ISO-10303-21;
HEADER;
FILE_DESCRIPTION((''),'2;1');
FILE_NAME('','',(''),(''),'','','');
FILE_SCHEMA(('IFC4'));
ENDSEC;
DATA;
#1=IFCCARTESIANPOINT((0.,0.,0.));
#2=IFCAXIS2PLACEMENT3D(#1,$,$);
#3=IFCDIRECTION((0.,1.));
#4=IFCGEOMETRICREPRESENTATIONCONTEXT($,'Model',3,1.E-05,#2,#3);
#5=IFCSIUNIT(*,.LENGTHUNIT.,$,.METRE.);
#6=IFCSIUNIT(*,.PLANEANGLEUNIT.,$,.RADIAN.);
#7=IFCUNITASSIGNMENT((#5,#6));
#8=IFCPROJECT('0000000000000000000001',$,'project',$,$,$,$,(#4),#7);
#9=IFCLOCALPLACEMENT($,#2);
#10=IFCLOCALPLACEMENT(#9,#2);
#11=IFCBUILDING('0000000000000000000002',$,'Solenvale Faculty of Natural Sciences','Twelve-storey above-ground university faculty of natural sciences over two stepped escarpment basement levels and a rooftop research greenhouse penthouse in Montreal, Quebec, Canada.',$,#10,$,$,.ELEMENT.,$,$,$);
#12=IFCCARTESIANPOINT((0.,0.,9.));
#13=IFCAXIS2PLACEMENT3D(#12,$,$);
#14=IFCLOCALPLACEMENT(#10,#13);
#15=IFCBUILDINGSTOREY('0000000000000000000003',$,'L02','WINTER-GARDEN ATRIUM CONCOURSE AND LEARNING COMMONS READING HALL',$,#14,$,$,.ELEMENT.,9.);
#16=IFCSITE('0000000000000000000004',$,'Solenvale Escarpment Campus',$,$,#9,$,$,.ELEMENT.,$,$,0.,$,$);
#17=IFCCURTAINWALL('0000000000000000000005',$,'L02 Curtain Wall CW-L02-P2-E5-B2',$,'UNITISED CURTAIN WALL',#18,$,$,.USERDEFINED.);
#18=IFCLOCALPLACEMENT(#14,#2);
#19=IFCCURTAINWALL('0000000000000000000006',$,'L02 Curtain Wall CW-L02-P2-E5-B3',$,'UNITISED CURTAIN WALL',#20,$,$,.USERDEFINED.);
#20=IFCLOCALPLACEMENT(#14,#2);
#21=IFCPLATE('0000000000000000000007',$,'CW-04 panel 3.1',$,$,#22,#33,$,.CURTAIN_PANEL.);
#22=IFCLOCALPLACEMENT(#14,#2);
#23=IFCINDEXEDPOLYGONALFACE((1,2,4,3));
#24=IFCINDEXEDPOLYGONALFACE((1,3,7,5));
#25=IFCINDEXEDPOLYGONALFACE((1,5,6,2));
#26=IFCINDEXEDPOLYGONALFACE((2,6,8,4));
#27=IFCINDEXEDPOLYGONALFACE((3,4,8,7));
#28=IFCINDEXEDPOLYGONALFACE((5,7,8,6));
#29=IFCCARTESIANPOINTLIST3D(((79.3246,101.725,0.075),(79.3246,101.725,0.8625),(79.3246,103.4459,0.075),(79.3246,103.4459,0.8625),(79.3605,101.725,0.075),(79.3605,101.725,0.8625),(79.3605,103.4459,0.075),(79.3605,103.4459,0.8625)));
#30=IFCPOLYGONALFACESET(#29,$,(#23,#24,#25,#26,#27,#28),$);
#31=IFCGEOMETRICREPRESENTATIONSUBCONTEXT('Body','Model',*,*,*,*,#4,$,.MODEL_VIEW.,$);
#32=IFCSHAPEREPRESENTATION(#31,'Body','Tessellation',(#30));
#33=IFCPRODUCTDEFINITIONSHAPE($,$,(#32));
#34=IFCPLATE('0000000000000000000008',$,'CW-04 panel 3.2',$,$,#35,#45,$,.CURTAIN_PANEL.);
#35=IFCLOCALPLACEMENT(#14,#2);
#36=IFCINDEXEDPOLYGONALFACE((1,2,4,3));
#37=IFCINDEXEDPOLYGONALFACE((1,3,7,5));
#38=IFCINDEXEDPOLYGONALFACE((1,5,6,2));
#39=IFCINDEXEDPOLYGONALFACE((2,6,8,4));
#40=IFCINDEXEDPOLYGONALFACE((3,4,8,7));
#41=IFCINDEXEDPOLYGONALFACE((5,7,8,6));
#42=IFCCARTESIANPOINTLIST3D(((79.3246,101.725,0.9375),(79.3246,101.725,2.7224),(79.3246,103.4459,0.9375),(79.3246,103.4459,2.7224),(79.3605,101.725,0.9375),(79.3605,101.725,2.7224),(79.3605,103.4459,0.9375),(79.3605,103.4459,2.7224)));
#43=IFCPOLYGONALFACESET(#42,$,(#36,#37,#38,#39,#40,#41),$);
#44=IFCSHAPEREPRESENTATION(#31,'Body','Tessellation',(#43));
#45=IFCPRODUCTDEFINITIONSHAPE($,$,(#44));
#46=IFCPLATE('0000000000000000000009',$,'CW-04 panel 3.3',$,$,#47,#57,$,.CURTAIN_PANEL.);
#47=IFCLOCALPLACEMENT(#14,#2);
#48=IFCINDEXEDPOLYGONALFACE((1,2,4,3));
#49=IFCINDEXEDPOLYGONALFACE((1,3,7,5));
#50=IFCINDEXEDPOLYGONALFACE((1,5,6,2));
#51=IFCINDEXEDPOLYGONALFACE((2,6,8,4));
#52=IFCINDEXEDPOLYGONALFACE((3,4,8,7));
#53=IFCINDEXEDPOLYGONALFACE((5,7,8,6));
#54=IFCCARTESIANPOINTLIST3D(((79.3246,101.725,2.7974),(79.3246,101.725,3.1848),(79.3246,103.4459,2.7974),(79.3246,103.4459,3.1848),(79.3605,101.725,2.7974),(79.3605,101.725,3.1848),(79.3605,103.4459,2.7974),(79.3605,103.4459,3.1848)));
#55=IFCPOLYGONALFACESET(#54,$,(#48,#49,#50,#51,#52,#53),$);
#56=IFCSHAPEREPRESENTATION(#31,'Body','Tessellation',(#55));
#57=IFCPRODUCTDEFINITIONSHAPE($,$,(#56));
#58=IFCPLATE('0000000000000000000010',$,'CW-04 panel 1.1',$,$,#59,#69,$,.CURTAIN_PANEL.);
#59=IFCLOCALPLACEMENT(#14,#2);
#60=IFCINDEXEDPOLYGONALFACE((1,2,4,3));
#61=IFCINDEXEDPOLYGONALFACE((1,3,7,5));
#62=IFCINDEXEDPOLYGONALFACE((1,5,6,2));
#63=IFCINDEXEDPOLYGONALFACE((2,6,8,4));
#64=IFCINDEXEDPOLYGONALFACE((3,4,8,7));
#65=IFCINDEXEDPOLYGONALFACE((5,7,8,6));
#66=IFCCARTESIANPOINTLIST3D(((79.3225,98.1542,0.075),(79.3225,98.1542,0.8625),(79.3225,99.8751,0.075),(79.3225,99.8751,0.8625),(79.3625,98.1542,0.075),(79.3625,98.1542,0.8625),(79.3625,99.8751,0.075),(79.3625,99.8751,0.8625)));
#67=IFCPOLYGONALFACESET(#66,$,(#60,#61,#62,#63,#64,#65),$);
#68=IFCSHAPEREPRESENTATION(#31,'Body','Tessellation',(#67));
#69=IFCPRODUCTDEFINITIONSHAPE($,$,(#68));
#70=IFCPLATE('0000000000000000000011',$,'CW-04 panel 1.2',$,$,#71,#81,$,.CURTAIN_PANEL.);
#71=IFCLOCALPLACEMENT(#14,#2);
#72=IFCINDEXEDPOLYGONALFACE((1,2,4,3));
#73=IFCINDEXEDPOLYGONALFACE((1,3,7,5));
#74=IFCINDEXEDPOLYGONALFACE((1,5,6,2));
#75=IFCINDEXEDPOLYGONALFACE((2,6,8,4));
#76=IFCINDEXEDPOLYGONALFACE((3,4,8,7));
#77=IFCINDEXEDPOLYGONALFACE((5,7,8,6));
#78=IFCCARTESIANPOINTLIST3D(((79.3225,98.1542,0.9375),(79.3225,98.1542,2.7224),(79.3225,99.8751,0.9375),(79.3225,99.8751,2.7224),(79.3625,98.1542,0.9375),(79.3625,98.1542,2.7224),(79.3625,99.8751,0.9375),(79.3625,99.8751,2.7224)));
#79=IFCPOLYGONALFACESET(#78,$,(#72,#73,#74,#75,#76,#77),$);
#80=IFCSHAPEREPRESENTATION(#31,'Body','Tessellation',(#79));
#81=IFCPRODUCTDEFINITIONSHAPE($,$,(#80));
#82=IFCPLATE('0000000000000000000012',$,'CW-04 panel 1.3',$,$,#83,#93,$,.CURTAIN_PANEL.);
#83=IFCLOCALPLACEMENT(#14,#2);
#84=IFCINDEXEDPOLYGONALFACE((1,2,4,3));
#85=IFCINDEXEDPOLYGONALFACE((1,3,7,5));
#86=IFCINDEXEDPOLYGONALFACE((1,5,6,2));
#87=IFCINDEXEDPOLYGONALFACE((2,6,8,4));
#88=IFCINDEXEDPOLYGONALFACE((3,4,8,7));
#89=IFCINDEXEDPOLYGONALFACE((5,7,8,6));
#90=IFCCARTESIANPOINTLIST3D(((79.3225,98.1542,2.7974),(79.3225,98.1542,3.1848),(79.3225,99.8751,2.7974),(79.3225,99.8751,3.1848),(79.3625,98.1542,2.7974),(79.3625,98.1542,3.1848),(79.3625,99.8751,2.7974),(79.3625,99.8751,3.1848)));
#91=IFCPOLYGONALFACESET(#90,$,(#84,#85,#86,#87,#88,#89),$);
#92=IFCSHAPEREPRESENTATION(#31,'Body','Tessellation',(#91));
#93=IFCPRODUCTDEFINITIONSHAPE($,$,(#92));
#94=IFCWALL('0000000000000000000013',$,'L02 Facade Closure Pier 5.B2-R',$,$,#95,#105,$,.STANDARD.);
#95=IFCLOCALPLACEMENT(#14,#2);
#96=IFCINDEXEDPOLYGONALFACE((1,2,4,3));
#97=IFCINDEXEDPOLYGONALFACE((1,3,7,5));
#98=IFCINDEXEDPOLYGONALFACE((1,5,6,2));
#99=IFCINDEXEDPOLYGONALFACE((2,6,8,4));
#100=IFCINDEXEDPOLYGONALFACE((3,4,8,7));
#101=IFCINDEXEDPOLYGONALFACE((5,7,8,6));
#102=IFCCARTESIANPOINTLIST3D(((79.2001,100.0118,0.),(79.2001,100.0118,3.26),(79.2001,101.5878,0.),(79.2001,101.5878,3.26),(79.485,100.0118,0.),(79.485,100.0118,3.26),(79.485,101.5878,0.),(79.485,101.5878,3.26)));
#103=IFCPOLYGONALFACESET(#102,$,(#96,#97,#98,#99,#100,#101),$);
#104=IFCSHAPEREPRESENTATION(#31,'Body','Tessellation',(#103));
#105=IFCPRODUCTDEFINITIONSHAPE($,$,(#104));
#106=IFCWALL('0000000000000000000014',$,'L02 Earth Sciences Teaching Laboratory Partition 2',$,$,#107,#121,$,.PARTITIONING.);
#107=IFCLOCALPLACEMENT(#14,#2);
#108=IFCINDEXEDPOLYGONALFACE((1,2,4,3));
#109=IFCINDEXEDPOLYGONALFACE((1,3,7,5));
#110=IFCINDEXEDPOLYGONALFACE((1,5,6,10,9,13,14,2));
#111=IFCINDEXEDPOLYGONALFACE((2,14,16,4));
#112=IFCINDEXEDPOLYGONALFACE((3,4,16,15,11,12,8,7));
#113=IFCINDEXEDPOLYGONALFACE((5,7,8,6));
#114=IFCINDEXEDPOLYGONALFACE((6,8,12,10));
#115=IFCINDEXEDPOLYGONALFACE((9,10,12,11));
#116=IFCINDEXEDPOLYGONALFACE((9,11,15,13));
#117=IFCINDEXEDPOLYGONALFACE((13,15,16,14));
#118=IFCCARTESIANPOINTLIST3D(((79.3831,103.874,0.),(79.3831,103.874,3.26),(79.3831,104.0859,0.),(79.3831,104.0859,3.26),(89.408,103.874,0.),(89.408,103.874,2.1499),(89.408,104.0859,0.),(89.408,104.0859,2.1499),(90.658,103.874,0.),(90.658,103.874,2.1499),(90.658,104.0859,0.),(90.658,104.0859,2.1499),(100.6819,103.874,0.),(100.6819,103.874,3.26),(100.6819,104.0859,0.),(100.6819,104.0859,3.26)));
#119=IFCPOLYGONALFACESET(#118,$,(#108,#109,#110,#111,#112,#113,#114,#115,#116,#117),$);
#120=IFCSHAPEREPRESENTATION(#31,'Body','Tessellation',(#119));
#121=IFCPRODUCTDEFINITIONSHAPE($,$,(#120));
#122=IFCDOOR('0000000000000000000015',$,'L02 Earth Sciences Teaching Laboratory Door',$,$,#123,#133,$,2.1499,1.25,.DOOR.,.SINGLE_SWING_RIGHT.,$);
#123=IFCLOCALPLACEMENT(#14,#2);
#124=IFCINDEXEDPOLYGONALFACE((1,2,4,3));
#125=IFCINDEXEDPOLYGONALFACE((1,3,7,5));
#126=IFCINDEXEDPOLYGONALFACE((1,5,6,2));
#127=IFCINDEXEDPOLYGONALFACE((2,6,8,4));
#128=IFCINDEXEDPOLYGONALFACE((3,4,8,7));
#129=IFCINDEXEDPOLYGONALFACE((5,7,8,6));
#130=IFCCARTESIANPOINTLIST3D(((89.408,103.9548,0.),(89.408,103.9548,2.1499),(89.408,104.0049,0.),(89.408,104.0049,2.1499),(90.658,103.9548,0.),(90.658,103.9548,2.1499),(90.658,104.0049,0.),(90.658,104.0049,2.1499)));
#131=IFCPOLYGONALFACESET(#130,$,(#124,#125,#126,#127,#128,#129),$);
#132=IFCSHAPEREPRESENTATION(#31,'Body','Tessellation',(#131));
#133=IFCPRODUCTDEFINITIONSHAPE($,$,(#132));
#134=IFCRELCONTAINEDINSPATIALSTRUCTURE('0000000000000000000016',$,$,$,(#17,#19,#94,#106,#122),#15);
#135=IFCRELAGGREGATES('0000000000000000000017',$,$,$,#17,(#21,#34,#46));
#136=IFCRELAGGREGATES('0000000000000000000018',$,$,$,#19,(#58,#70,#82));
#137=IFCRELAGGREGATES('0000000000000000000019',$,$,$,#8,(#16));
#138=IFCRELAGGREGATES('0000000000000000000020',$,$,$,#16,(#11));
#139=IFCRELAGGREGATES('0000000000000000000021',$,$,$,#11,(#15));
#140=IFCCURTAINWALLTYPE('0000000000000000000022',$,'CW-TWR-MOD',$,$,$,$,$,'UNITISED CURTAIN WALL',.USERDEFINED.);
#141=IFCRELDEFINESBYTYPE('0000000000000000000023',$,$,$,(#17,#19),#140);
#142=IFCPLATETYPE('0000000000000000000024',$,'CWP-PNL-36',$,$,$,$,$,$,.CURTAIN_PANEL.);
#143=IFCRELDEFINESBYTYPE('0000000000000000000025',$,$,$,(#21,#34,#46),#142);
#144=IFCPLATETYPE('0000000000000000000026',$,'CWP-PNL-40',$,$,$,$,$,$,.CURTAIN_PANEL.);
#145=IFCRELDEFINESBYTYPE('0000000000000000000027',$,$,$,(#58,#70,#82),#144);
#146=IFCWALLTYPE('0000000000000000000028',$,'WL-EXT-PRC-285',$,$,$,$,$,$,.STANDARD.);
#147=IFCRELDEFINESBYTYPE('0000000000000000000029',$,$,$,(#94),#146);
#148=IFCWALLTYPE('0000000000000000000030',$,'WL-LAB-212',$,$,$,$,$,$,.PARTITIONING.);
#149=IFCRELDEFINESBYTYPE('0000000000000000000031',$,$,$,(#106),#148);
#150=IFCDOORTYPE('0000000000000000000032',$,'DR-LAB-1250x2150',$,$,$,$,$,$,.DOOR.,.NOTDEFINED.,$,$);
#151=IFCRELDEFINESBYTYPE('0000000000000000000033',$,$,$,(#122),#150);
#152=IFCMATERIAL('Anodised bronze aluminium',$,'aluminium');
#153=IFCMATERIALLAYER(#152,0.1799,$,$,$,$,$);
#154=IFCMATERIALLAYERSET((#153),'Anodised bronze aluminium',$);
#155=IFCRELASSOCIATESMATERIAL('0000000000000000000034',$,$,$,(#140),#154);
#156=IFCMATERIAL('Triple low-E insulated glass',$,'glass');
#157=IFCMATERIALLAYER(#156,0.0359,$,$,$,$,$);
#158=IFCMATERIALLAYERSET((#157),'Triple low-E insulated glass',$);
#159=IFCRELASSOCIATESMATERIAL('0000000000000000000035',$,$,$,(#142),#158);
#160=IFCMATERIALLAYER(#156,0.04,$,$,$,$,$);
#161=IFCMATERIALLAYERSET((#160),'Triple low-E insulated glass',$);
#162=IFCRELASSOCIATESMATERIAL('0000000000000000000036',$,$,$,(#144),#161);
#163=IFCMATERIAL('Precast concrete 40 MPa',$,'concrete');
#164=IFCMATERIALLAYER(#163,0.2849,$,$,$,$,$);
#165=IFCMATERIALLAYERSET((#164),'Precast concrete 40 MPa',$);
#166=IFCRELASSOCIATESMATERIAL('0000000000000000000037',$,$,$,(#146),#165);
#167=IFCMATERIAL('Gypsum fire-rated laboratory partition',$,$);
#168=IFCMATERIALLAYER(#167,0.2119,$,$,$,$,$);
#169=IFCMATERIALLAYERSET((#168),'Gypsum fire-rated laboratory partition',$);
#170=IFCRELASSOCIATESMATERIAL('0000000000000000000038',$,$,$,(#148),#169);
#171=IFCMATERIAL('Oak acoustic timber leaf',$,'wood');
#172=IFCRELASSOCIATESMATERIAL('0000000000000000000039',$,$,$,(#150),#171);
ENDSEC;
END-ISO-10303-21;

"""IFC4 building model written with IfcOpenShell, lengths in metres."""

from ifc_helpers import new_model, si_unit, direction, frame, frame_2d, origin, origin_2d, place, context, subcontext, project, spatial, rectangle, extrude, material, layer, layer_set, type_object, element, fill, aggregate, save


model = new_model("IFC4")

# Units and contexts
model_context = context("Model", 3, precision=1e-05, world=origin(), true_north=direction((0.0, 1.0)))
body_context = subcontext(model_context, "Body", "Model", "MODEL_VIEW")
ifc_project = project(units=[si_unit("LENGTHUNIT", "METRE"), si_unit("PLANEANGLEUNIT", "RADIAN")], contexts=[model_context])

# Site, building, storey
site_placement = place(None, origin())
site = spatial("IfcSite", under=ifc_project, at=site_placement, Name="Solenvale Escarpment Campus", CompositionType="ELEMENT", RefElevation=0.0)
building_placement = place(site_placement, origin())
building = spatial("IfcBuilding", under=site, at=building_placement, Name="Solenvale Faculty of Natural Sciences", Description="Twelve-storey above-ground university faculty of natural sciences over two stepped escarpment basement levels and a rooftop research greenhouse penthouse in Montreal, Quebec, Canada.", CompositionType="ELEMENT")
storey_placement = place(building_placement, frame((0.0, 0.0, 9.0)))
storey = spatial("IfcBuildingStorey", under=building, at=storey_placement, Name="L02", Description="WINTER-GARDEN ATRIUM CONCOURSE AND LEARNING COMMONS READING HALL", CompositionType="ELEMENT", Elevation=9.0)

# Curtain walls
ifc_material_1 = material(Name="Anodised bronze aluminium", Category="aluminium")
ifc_layer_1 = layer(ifc_material_1, 0.1799)
ifc_layer_set_1 = layer_set([ifc_layer_1], Name="Anodised bronze aluminium")
curtain_wall_type = type_object("IfcCurtainWallType", Name="CW-TWR-MOD", ElementType="UNITISED CURTAIN WALL", PredefinedType="USERDEFINED", material=ifc_layer_set_1)
curtain_wall_1_placement = place(storey_placement, origin())
curtain_wall_1 = element("IfcCurtainWall", 1, at=curtain_wall_1_placement, inside=storey, type_object=curtain_wall_type, Name="L02 Curtain Wall CW-L02-P2-E5-B2", ObjectType="UNITISED CURTAIN WALL", PredefinedType="USERDEFINED")
curtain_wall_2_placement = place(storey_placement, origin())
curtain_wall_2 = element("IfcCurtainWall", 2, at=curtain_wall_2_placement, inside=storey, type_object=curtain_wall_type, Name="L02 Curtain Wall CW-L02-P2-E5-B3", ObjectType="UNITISED CURTAIN WALL", PredefinedType="USERDEFINED")

# Plates
ifc_material_2 = material(Name="Triple low-E insulated glass", Category="glass")
ifc_layer_2 = layer(ifc_material_2, 0.0359)
ifc_layer_set_2 = layer_set([ifc_layer_2], Name="Triple low-E insulated glass")
plate_type_1 = type_object("IfcPlateType", Name="CWP-PNL-36", PredefinedType="CURTAIN_PANEL", material=ifc_layer_set_2)
plate_1_placement = place(storey_placement, frame((79.3425, 102.5854, 0.075), z_axis=(0.0, 0.0, 1.0), x_axis=(0.0, -1.0, 0.0)))
plate_1 = element("IfcPlate", 3, at=plate_1_placement, type_object=plate_type_1, Name="CW-04 panel 3.1", PredefinedType="CURTAIN_PANEL", context=body_context, shape_type="SweptSolid", body=[
    extrude(rectangle(XDim=1.7209, YDim=0.0359, at=origin_2d()), origin(), (0.0, 0.0, 1.0), 0.7876),
])
plate_2_placement = place(storey_placement, frame((79.3425, 102.5854, 0.9375), z_axis=(0.0, 0.0, 1.0), x_axis=(0.0, -1.0, 0.0)))
plate_2 = element("IfcPlate", 4, at=plate_2_placement, type_object=plate_type_1, Name="CW-04 panel 3.2", PredefinedType="CURTAIN_PANEL", context=body_context, shape_type="SweptSolid", body=[
    extrude(rectangle(XDim=1.7209, YDim=0.0359, at=origin_2d()), origin(), (0.0, 0.0, 1.0), 1.7849),
])
plate_3_placement = place(storey_placement, frame((79.3425, 102.5854, 2.7974), z_axis=(0.0, 0.0, 1.0), x_axis=(0.0, -1.0, 0.0)))
plate_3 = element("IfcPlate", 5, at=plate_3_placement, type_object=plate_type_1, Name="CW-04 panel 3.3", PredefinedType="CURTAIN_PANEL", context=body_context, shape_type="SweptSolid", body=[
    extrude(rectangle(XDim=1.7209, YDim=0.0359, at=origin_2d()), origin(), (0.0, 0.0, 1.0), 0.3875),
])
aggregate(curtain_wall_1, [plate_1, plate_2, plate_3])
ifc_layer_3 = layer(ifc_material_2, 0.04)
ifc_layer_set_3 = layer_set([ifc_layer_3], Name="Triple low-E insulated glass")
plate_type_2 = type_object("IfcPlateType", Name="CWP-PNL-40", PredefinedType="CURTAIN_PANEL", material=ifc_layer_set_3)
plate_4_placement = place(storey_placement, frame((79.3425, 99.0146, 0.075), z_axis=(0.0, 0.0, 1.0), x_axis=(0.0, -1.0, 0.0)))
plate_4 = element("IfcPlate", 6, at=plate_4_placement, type_object=plate_type_2, Name="CW-04 panel 1.1", PredefinedType="CURTAIN_PANEL", context=body_context, shape_type="SweptSolid", body=[
    extrude(rectangle(XDim=1.7209, YDim=0.04, at=origin_2d()), origin(), (0.0, 0.0, 1.0), 0.7876),
])
plate_5_placement = place(storey_placement, frame((79.3425, 99.0146, 0.9375), z_axis=(0.0, 0.0, 1.0), x_axis=(0.0, -1.0, 0.0)))
plate_5 = element("IfcPlate", 7, at=plate_5_placement, type_object=plate_type_2, Name="CW-04 panel 1.2", PredefinedType="CURTAIN_PANEL", context=body_context, shape_type="SweptSolid", body=[
    extrude(rectangle(XDim=1.7209, YDim=0.04, at=origin_2d()), origin(), (0.0, 0.0, 1.0), 1.7849),
])
plate_6_placement = place(storey_placement, frame((79.3425, 99.0146, 2.7974), z_axis=(0.0, 0.0, 1.0), x_axis=(0.0, -1.0, 0.0)))
plate_6 = element("IfcPlate", 8, at=plate_6_placement, type_object=plate_type_2, Name="CW-04 panel 1.3", PredefinedType="CURTAIN_PANEL", context=body_context, shape_type="SweptSolid", body=[
    extrude(rectangle(XDim=1.7209, YDim=0.04, at=origin_2d()), origin(), (0.0, 0.0, 1.0), 0.3875),
])
aggregate(curtain_wall_2, [plate_4, plate_5, plate_6])

# Wall
ifc_material_3 = material(Name="Precast concrete 40 MPa", Category="concrete")
ifc_layer_4 = layer(ifc_material_3, 0.2849)
ifc_layer_set_4 = layer_set([ifc_layer_4], Name="Precast concrete 40 MPa")
wall_type_1 = type_object("IfcWallType", Name="WL-EXT-PRC-285", PredefinedType="STANDARD", material=ifc_layer_set_4)
wall_1_placement = place(storey_placement, frame((79.3425, 101.5879, 0.0), z_axis=(0.0, 0.0, 1.0), x_axis=(0.0, -1.0, 0.0)))
element("IfcWall", 9, at=wall_1_placement, inside=storey, type_object=wall_type_1, Name="L02 Facade Closure Pier 5.B2-R", PredefinedType="STANDARD", context=body_context, shape_type="SweptSolid", body=[
    extrude(rectangle(XDim=1.5759, YDim=0.2849, at=frame_2d((0.7881, 0.0))), origin(), (0.0, 0.0, 1.0), 3.26),
])

# Wall, opening, door
ifc_material_4 = material(Name="Gypsum fire-rated laboratory partition")
ifc_layer_5 = layer(ifc_material_4, 0.2119)
ifc_layer_set_5 = layer_set([ifc_layer_5], Name="Gypsum fire-rated laboratory partition")
wall_type_2 = type_object("IfcWallType", Name="WL-LAB-212", PredefinedType="PARTITIONING", material=ifc_layer_set_5)
wall_2_placement = place(storey_placement, frame((79.3831, 103.98, 0.0), z_axis=(0.0, 0.0, 1.0), x_axis=(1.0, 0.0, 0.0)))
wall_2 = element("IfcWall", 10, at=wall_2_placement, inside=storey, type_object=wall_type_2, Name="L02 Earth Sciences Teaching Laboratory Partition 2", PredefinedType="PARTITIONING", context=body_context, shape_type="SweptSolid", body=[
    extrude(rectangle(XDim=21.2988, YDim=0.2119, at=frame_2d((10.6494, 0.0))), origin(), (0.0, 0.0, 1.0), 3.26),
])
opening_placement = place(wall_2_placement, frame((10.0249, 0.0, 0.0)))
opening = element("IfcOpeningElement", 11, at=opening_placement, cuts=wall_2, PredefinedType="OPENING", context=body_context, shape_type="SweptSolid", body=[
    extrude(rectangle(XDim=1.25, YDim=2.1499, at=frame_2d((0.625, 1.075))), frame((0.0, 0.116, 0.0), z_axis=(0.0, -1.0, 0.0), x_axis=(1.0, 0.0, 0.0)), (0.0, 0.0, 1.0), 0.2319),
])
ifc_material_5 = material(Name="Oak acoustic timber leaf", Category="wood")
door_type = type_object("IfcDoorType", Name="DR-LAB-1250x2150", OperationType="NOTDEFINED", PredefinedType="DOOR", material=ifc_material_5)
door_placement = place(opening_placement, origin())
door = element("IfcDoor", 12, at=door_placement, inside=storey, type_object=door_type, Name="L02 Earth Sciences Teaching Laboratory Door", OperationType="SINGLE_SWING_RIGHT", OverallHeight=2.1499, OverallWidth=1.25, PredefinedType="DOOR", context=body_context, shape_type="SweptSolid", body=[
    extrude(rectangle(XDim=1.25, YDim=2.1499, at=frame_2d((0.625, 1.075))), frame((0.0, 0.0249, 0.0), z_axis=(0.0, -1.0, 0.0), x_axis=(1.0, 0.0, 0.0)), (0.0, 0.0, 1.0), 0.05),
])
fill(opening, door)

save(model, "model.ifc")
